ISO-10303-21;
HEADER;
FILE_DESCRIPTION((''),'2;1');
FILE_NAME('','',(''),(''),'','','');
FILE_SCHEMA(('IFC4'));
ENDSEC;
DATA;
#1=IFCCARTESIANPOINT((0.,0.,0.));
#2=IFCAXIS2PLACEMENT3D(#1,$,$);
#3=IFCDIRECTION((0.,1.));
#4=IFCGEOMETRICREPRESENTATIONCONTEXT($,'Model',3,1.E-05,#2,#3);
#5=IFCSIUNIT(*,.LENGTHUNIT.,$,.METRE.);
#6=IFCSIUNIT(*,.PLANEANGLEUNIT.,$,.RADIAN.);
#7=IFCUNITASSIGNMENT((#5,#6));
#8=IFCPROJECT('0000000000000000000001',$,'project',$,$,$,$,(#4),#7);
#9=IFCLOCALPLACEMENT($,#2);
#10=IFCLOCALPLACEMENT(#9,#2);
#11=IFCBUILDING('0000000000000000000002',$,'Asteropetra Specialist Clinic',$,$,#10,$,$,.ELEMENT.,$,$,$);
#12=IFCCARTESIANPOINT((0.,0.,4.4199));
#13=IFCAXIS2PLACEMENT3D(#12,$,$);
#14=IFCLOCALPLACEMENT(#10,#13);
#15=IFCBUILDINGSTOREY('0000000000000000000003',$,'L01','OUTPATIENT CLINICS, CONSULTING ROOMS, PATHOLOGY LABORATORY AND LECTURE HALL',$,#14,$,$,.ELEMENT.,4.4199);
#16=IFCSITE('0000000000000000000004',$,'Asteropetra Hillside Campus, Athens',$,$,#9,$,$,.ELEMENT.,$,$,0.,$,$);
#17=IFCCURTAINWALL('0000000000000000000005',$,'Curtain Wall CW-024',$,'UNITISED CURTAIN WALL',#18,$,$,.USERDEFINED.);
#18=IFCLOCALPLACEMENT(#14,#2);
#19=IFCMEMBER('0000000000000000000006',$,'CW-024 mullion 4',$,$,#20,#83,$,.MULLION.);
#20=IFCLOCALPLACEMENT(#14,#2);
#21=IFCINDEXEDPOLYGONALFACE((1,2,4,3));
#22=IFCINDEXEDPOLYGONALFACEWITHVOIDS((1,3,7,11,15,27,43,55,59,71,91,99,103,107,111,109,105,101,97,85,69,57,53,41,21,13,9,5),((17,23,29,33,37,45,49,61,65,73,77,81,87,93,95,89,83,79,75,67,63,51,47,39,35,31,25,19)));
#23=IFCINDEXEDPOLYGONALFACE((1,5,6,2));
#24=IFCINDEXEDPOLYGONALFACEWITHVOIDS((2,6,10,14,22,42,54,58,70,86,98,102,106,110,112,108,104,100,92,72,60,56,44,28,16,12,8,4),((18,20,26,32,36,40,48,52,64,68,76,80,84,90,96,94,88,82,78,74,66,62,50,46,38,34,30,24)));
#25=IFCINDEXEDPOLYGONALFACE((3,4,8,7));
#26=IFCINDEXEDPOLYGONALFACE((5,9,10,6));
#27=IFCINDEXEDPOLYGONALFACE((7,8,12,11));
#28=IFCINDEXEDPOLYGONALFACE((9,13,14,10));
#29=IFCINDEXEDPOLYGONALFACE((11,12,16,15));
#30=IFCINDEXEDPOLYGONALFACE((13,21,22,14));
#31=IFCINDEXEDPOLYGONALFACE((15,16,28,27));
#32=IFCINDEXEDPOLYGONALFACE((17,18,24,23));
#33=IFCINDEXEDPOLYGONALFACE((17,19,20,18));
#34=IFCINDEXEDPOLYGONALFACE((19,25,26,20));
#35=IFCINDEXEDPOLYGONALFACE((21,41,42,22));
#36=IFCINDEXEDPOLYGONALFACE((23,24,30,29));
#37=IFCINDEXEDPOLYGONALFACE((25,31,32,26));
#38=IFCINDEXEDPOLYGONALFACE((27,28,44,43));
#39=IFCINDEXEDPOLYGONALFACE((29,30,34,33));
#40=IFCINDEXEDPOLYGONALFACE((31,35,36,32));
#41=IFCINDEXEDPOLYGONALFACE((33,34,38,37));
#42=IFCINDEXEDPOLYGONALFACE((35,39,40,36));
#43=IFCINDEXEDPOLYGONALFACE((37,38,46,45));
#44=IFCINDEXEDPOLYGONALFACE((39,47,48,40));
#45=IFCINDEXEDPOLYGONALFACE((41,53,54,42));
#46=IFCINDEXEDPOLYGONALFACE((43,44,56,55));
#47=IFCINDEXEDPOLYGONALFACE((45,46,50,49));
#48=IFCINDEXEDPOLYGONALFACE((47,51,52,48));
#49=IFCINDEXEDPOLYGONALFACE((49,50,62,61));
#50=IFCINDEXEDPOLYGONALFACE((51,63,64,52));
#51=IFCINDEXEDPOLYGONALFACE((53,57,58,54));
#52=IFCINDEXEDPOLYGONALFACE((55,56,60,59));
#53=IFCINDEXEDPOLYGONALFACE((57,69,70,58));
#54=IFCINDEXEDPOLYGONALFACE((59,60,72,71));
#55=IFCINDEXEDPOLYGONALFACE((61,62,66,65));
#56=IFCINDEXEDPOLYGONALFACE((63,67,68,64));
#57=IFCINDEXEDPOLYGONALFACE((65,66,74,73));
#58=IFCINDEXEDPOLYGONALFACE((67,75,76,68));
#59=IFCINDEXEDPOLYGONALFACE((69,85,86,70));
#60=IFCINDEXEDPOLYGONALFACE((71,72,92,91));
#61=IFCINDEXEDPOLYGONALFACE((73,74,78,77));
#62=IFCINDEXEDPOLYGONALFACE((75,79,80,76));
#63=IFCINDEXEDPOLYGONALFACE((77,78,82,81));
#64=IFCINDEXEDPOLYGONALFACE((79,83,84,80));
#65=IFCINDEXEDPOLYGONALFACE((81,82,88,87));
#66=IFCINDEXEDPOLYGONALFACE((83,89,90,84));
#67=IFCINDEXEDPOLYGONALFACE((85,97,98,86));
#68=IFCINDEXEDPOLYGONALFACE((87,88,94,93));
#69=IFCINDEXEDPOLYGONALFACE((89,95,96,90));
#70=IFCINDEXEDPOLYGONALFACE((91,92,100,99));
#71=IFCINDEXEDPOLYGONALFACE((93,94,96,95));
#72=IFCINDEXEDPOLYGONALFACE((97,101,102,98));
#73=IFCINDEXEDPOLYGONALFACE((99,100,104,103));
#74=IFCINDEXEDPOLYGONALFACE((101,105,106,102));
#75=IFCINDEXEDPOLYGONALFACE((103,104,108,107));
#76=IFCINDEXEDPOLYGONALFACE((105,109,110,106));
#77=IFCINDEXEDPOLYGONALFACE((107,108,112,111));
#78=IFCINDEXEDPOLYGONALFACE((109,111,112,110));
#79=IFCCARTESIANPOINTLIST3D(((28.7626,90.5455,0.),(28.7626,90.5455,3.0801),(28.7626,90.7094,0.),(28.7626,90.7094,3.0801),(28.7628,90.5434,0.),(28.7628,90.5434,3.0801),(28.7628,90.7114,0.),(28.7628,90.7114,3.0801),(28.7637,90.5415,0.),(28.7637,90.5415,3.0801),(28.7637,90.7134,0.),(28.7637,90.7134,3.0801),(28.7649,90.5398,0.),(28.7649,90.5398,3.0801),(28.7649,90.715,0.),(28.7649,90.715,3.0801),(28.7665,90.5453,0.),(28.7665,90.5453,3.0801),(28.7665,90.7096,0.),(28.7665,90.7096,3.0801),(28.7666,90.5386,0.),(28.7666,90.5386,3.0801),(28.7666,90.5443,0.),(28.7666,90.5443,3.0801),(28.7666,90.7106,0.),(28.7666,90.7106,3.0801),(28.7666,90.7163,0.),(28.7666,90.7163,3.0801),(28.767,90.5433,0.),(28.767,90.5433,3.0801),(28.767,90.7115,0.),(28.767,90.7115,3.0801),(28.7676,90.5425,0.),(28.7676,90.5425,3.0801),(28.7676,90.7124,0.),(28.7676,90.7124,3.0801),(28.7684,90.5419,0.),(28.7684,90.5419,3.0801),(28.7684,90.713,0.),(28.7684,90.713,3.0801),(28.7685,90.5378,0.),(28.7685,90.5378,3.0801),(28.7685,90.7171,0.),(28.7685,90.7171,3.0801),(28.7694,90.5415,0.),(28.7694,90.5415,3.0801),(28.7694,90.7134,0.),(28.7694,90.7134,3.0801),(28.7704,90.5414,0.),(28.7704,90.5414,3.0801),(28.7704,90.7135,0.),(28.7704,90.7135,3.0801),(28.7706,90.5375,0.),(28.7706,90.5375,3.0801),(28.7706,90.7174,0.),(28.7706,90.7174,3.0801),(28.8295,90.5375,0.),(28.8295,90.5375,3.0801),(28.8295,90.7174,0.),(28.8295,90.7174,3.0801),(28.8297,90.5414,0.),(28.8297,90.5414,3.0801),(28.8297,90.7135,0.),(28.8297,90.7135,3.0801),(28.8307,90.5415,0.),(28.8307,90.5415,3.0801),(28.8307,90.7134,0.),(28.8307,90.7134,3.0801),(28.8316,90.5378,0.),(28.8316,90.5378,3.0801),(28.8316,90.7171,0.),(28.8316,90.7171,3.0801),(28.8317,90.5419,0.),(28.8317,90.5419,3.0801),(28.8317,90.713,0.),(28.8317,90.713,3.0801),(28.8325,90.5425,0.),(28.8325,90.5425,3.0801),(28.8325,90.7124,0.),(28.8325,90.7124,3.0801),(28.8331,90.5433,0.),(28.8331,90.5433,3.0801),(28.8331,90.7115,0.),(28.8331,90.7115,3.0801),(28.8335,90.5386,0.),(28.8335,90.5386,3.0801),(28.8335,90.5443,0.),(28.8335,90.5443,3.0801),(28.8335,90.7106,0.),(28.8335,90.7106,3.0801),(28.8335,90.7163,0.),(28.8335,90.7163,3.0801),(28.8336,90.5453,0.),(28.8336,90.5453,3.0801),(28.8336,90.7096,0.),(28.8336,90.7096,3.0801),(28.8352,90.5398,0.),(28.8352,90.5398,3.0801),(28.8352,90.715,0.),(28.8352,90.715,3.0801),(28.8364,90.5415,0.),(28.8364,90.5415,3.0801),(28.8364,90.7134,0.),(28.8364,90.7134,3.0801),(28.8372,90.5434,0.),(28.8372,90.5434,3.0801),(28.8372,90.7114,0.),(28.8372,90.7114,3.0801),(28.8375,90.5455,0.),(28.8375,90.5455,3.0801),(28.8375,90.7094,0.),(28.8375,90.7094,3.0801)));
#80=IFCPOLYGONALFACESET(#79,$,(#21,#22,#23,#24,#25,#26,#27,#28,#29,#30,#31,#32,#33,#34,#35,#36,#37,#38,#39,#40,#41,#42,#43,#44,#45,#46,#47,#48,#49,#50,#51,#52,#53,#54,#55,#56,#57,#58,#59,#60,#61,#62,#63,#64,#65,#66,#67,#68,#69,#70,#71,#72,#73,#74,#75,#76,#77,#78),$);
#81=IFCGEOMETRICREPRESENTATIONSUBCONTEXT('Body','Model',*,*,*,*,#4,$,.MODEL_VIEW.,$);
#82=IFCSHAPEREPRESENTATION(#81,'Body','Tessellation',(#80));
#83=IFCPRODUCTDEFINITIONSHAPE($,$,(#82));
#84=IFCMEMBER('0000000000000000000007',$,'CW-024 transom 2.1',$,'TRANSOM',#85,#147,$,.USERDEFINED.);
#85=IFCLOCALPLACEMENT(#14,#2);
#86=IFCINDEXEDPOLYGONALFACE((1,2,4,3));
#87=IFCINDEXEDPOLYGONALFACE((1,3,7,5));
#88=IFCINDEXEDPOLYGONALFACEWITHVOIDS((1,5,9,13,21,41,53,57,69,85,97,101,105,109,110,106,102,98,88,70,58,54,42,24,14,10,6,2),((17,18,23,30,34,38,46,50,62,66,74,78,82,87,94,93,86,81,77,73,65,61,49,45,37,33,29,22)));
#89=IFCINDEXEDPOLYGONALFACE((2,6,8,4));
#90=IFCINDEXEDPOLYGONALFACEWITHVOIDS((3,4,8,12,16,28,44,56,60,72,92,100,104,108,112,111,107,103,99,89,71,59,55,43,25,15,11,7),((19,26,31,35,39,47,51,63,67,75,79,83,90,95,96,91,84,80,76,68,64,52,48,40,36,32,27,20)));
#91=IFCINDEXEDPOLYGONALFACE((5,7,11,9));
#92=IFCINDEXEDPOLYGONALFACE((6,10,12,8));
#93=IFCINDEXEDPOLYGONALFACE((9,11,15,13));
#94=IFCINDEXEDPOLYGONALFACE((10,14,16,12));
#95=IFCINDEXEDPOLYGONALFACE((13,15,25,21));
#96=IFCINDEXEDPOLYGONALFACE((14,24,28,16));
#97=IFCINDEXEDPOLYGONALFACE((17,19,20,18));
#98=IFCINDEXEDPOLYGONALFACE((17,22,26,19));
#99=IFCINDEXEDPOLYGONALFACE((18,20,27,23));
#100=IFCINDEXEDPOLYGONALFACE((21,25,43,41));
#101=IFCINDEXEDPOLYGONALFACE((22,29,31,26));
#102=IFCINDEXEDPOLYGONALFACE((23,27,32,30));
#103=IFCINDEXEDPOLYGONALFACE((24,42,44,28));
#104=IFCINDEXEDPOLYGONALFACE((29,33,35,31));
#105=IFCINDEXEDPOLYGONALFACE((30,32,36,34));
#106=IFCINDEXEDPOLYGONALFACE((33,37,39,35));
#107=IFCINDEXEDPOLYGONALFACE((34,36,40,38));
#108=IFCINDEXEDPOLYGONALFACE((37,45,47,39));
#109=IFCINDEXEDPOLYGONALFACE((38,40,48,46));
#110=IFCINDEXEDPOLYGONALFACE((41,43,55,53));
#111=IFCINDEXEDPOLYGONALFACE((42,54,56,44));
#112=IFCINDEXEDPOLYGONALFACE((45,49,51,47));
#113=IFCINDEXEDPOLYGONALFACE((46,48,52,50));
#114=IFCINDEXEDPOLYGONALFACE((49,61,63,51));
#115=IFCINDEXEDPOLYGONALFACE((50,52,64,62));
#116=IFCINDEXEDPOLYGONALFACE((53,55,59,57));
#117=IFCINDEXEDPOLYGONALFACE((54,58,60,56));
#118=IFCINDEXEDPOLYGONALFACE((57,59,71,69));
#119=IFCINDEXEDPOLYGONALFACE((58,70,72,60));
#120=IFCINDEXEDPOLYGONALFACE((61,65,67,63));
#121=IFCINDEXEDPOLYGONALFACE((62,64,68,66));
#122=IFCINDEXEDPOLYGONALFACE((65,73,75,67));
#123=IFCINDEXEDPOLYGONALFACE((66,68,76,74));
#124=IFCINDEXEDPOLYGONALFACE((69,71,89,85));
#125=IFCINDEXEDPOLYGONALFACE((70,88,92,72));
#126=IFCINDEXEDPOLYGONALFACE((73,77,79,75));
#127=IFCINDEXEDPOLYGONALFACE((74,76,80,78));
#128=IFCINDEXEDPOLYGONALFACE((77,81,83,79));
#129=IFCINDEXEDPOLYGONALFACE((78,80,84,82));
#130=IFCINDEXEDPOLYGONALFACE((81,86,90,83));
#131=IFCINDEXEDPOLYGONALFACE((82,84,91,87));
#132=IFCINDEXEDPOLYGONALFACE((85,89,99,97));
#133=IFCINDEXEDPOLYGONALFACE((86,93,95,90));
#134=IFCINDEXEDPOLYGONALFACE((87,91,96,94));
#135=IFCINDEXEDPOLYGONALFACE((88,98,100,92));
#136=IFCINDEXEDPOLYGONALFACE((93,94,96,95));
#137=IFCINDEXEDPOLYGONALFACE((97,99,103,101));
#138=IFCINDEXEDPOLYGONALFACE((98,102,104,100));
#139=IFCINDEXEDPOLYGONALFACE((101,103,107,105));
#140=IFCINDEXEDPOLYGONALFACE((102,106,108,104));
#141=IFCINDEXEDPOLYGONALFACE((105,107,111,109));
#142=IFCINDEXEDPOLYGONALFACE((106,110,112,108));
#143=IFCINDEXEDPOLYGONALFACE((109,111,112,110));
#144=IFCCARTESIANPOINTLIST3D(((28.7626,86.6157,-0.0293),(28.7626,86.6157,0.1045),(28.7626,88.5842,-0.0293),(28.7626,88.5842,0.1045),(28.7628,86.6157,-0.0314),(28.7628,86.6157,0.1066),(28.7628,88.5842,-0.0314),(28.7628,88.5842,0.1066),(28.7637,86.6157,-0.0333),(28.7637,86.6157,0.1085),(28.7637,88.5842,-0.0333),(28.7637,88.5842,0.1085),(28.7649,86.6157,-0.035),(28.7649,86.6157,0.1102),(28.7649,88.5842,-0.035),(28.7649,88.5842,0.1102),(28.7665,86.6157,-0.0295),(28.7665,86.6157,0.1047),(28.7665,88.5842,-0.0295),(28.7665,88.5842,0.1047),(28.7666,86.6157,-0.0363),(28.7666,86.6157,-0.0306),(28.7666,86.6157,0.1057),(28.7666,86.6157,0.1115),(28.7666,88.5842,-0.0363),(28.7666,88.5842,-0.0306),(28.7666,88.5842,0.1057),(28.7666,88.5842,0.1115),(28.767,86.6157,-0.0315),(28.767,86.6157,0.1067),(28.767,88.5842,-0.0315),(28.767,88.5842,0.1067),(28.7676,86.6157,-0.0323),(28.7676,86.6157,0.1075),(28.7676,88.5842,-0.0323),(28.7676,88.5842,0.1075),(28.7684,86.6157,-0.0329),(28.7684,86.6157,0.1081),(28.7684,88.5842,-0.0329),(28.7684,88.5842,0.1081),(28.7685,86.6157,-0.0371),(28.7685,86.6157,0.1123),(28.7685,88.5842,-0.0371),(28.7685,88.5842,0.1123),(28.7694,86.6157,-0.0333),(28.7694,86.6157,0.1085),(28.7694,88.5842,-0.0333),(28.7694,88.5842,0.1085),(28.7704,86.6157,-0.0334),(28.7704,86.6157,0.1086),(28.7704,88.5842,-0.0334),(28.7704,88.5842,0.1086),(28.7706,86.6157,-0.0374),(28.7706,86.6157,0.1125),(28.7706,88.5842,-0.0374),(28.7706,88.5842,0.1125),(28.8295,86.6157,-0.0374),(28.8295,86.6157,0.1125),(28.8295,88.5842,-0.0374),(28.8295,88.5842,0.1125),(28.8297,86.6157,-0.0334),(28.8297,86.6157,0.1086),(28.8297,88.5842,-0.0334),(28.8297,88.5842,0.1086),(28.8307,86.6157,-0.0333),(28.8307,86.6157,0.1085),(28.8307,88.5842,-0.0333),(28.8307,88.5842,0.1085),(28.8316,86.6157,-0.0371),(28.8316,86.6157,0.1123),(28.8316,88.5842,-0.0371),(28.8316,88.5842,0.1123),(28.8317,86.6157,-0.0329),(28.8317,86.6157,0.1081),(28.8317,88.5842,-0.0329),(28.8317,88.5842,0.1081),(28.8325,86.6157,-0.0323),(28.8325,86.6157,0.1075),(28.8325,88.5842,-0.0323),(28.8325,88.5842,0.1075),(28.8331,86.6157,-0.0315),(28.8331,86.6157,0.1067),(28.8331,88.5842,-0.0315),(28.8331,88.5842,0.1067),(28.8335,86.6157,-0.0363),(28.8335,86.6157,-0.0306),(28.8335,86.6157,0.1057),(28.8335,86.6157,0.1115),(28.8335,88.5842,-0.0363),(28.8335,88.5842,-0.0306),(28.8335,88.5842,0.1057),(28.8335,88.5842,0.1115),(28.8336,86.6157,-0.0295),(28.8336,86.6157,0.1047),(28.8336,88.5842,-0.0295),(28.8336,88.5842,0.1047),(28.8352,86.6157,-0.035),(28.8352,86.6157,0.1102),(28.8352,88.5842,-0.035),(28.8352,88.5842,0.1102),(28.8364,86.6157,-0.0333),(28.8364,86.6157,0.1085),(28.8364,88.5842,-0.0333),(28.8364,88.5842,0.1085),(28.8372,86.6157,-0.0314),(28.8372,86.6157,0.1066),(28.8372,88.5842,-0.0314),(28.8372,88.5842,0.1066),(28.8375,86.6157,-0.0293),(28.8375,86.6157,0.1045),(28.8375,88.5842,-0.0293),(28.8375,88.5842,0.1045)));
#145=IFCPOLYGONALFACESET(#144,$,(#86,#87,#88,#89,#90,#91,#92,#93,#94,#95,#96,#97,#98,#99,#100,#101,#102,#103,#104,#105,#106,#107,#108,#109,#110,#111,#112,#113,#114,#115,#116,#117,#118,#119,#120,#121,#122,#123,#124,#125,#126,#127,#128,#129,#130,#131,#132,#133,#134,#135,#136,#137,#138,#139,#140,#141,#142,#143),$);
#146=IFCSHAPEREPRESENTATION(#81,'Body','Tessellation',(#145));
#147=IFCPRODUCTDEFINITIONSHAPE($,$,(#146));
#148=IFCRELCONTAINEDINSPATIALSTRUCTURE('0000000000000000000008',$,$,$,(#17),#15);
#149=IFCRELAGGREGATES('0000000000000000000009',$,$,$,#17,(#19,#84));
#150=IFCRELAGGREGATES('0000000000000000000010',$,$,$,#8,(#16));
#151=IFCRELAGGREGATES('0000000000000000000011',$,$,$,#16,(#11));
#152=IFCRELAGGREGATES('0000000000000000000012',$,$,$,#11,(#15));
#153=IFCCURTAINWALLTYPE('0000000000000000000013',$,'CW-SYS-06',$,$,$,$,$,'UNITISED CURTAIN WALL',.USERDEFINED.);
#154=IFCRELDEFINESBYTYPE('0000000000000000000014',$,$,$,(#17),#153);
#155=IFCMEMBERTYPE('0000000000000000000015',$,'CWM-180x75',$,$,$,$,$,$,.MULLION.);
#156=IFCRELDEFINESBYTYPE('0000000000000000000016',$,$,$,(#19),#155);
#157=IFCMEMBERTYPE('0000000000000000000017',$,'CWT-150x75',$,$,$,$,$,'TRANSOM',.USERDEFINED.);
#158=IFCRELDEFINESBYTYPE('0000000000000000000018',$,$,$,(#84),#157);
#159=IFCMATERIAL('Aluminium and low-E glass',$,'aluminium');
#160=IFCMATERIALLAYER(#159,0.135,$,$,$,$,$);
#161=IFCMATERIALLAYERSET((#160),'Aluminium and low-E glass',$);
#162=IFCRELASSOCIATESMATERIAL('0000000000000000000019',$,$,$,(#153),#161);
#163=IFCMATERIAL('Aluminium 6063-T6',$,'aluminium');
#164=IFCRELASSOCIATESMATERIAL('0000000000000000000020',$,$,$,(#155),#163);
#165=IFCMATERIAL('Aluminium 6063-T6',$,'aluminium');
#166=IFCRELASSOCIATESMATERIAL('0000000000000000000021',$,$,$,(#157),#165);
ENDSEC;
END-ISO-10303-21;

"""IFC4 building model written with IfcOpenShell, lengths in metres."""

from ifc_helpers import new_model, si_unit, direction, frame, origin, origin_2d, place, context, subcontext, project, spatial, hollow_rectangle, extrude, material, layer, layer_set, material_profile, profile_set, type_object, element, aggregate, save


model = new_model("IFC4")

# Units and contexts
model_context = context("Model", 3, precision=1e-05, world=origin(), true_north=direction((0.0, 1.0)))
body_context = subcontext(model_context, "Body", "Model", "MODEL_VIEW")
ifc_project = project(units=[si_unit("LENGTHUNIT", "METRE"), si_unit("PLANEANGLEUNIT", "RADIAN")], contexts=[model_context])

# Site, building, storey
site_placement = place(None, origin())
site = spatial("IfcSite", under=ifc_project, at=site_placement, Name="Asteropetra Hillside Campus, Athens", CompositionType="ELEMENT", RefElevation=0.0)
building_placement = place(site_placement, origin())
building = spatial("IfcBuilding", under=site, at=building_placement, Name="Asteropetra Specialist Clinic", CompositionType="ELEMENT")
storey_placement = place(building_placement, frame((0.0, 0.0, 4.4199)))
storey = spatial("IfcBuildingStorey", under=building, at=storey_placement, Name="L01", Description="OUTPATIENT CLINICS, CONSULTING ROOMS, PATHOLOGY LABORATORY AND LECTURE HALL", CompositionType="ELEMENT", Elevation=4.4199)

# Curtain wall, members
ifc_material_1 = material(Name="Aluminium and low-E glass", Category="aluminium")
ifc_layer_1 = layer(ifc_material_1, 0.135)
ifc_layer_set_1 = layer_set([ifc_layer_1], Name="Aluminium and low-E glass")
curtain_wall_type = type_object("IfcCurtainWallType", Name="CW-SYS-06", ElementType="UNITISED CURTAIN WALL", PredefinedType="USERDEFINED", material=ifc_layer_set_1)
curtain_wall_placement = place(storey_placement, origin())
curtain_wall = element("IfcCurtainWall", 1, at=curtain_wall_placement, inside=storey, type_object=curtain_wall_type, Name="Curtain Wall CW-024", ObjectType="UNITISED CURTAIN WALL", PredefinedType="USERDEFINED")
ifc_material_2 = material(Name="Aluminium 6063-T6", Category="aluminium")
ifc_material_profile_1 = material_profile(ifc_material_2, hollow_rectangle(XDim=0.075, YDim=0.1799, WallThickness=0.0039, InnerFilletRadius=0.0039, OuterFilletRadius=0.0081, at=origin_2d()), Name="MUL 180x75x4.0")
ifc_profile_set_1 = profile_set([ifc_material_profile_1], Name="Aluminium 6063-T6")
member_type_1 = type_object("IfcMemberType", Name="CWM-180x75", PredefinedType="MULLION", material=ifc_profile_set_1)
member_1_placement = place(storey_placement, frame((28.8, 90.6274, 0.0), z_axis=(0.0, 0.0, 1.0), x_axis=(-1.0, 0.0, 0.0)))
member_1 = element("IfcMember", 2, at=member_1_placement, type_object=member_type_1, Name="CW-024 mullion 4", PredefinedType="MULLION", context=body_context, shape_type="SweptSolid", body=[
    extrude(hollow_rectangle(XDim=0.075, YDim=0.1799, WallThickness=0.0039, InnerFilletRadius=0.0039, OuterFilletRadius=0.0081, at=origin_2d()), origin(), (0.0, 0.0, 1.0), 3.0801),
])
ifc_material_3 = material(Name="Aluminium 6063-T6", Category="aluminium")
ifc_material_profile_2 = material_profile(ifc_material_3, hollow_rectangle(XDim=0.075, YDim=0.1499, WallThickness=0.0039, InnerFilletRadius=0.0039, OuterFilletRadius=0.0081, at=origin_2d()), Name="TRN 150x75x4.0")
ifc_profile_set_2 = profile_set([ifc_material_profile_2], Name="Aluminium 6063-T6")
member_type_2 = type_object("IfcMemberType", Name="CWT-150x75", ElementType="TRANSOM", PredefinedType="USERDEFINED", material=ifc_profile_set_2)
member_2_placement = place(storey_placement, frame((28.8, 86.6157, 0.0376), z_axis=(0.0, 1.0, 0.0), x_axis=(-1.0, 0.0, 0.0)))
member_2 = element("IfcMember", 3, at=member_2_placement, type_object=member_type_2, Name="CW-024 transom 2.1", ObjectType="TRANSOM", PredefinedType="USERDEFINED", context=body_context, shape_type="SweptSolid", body=[
    extrude(hollow_rectangle(XDim=0.075, YDim=0.1499, WallThickness=0.0039, InnerFilletRadius=0.0039, OuterFilletRadius=0.0081, at=origin_2d()), origin(), (0.0, 0.0, 1.0), 1.9685),
])
aggregate(curtain_wall, [member_1, member_2])

save(model, "model.ifc")
